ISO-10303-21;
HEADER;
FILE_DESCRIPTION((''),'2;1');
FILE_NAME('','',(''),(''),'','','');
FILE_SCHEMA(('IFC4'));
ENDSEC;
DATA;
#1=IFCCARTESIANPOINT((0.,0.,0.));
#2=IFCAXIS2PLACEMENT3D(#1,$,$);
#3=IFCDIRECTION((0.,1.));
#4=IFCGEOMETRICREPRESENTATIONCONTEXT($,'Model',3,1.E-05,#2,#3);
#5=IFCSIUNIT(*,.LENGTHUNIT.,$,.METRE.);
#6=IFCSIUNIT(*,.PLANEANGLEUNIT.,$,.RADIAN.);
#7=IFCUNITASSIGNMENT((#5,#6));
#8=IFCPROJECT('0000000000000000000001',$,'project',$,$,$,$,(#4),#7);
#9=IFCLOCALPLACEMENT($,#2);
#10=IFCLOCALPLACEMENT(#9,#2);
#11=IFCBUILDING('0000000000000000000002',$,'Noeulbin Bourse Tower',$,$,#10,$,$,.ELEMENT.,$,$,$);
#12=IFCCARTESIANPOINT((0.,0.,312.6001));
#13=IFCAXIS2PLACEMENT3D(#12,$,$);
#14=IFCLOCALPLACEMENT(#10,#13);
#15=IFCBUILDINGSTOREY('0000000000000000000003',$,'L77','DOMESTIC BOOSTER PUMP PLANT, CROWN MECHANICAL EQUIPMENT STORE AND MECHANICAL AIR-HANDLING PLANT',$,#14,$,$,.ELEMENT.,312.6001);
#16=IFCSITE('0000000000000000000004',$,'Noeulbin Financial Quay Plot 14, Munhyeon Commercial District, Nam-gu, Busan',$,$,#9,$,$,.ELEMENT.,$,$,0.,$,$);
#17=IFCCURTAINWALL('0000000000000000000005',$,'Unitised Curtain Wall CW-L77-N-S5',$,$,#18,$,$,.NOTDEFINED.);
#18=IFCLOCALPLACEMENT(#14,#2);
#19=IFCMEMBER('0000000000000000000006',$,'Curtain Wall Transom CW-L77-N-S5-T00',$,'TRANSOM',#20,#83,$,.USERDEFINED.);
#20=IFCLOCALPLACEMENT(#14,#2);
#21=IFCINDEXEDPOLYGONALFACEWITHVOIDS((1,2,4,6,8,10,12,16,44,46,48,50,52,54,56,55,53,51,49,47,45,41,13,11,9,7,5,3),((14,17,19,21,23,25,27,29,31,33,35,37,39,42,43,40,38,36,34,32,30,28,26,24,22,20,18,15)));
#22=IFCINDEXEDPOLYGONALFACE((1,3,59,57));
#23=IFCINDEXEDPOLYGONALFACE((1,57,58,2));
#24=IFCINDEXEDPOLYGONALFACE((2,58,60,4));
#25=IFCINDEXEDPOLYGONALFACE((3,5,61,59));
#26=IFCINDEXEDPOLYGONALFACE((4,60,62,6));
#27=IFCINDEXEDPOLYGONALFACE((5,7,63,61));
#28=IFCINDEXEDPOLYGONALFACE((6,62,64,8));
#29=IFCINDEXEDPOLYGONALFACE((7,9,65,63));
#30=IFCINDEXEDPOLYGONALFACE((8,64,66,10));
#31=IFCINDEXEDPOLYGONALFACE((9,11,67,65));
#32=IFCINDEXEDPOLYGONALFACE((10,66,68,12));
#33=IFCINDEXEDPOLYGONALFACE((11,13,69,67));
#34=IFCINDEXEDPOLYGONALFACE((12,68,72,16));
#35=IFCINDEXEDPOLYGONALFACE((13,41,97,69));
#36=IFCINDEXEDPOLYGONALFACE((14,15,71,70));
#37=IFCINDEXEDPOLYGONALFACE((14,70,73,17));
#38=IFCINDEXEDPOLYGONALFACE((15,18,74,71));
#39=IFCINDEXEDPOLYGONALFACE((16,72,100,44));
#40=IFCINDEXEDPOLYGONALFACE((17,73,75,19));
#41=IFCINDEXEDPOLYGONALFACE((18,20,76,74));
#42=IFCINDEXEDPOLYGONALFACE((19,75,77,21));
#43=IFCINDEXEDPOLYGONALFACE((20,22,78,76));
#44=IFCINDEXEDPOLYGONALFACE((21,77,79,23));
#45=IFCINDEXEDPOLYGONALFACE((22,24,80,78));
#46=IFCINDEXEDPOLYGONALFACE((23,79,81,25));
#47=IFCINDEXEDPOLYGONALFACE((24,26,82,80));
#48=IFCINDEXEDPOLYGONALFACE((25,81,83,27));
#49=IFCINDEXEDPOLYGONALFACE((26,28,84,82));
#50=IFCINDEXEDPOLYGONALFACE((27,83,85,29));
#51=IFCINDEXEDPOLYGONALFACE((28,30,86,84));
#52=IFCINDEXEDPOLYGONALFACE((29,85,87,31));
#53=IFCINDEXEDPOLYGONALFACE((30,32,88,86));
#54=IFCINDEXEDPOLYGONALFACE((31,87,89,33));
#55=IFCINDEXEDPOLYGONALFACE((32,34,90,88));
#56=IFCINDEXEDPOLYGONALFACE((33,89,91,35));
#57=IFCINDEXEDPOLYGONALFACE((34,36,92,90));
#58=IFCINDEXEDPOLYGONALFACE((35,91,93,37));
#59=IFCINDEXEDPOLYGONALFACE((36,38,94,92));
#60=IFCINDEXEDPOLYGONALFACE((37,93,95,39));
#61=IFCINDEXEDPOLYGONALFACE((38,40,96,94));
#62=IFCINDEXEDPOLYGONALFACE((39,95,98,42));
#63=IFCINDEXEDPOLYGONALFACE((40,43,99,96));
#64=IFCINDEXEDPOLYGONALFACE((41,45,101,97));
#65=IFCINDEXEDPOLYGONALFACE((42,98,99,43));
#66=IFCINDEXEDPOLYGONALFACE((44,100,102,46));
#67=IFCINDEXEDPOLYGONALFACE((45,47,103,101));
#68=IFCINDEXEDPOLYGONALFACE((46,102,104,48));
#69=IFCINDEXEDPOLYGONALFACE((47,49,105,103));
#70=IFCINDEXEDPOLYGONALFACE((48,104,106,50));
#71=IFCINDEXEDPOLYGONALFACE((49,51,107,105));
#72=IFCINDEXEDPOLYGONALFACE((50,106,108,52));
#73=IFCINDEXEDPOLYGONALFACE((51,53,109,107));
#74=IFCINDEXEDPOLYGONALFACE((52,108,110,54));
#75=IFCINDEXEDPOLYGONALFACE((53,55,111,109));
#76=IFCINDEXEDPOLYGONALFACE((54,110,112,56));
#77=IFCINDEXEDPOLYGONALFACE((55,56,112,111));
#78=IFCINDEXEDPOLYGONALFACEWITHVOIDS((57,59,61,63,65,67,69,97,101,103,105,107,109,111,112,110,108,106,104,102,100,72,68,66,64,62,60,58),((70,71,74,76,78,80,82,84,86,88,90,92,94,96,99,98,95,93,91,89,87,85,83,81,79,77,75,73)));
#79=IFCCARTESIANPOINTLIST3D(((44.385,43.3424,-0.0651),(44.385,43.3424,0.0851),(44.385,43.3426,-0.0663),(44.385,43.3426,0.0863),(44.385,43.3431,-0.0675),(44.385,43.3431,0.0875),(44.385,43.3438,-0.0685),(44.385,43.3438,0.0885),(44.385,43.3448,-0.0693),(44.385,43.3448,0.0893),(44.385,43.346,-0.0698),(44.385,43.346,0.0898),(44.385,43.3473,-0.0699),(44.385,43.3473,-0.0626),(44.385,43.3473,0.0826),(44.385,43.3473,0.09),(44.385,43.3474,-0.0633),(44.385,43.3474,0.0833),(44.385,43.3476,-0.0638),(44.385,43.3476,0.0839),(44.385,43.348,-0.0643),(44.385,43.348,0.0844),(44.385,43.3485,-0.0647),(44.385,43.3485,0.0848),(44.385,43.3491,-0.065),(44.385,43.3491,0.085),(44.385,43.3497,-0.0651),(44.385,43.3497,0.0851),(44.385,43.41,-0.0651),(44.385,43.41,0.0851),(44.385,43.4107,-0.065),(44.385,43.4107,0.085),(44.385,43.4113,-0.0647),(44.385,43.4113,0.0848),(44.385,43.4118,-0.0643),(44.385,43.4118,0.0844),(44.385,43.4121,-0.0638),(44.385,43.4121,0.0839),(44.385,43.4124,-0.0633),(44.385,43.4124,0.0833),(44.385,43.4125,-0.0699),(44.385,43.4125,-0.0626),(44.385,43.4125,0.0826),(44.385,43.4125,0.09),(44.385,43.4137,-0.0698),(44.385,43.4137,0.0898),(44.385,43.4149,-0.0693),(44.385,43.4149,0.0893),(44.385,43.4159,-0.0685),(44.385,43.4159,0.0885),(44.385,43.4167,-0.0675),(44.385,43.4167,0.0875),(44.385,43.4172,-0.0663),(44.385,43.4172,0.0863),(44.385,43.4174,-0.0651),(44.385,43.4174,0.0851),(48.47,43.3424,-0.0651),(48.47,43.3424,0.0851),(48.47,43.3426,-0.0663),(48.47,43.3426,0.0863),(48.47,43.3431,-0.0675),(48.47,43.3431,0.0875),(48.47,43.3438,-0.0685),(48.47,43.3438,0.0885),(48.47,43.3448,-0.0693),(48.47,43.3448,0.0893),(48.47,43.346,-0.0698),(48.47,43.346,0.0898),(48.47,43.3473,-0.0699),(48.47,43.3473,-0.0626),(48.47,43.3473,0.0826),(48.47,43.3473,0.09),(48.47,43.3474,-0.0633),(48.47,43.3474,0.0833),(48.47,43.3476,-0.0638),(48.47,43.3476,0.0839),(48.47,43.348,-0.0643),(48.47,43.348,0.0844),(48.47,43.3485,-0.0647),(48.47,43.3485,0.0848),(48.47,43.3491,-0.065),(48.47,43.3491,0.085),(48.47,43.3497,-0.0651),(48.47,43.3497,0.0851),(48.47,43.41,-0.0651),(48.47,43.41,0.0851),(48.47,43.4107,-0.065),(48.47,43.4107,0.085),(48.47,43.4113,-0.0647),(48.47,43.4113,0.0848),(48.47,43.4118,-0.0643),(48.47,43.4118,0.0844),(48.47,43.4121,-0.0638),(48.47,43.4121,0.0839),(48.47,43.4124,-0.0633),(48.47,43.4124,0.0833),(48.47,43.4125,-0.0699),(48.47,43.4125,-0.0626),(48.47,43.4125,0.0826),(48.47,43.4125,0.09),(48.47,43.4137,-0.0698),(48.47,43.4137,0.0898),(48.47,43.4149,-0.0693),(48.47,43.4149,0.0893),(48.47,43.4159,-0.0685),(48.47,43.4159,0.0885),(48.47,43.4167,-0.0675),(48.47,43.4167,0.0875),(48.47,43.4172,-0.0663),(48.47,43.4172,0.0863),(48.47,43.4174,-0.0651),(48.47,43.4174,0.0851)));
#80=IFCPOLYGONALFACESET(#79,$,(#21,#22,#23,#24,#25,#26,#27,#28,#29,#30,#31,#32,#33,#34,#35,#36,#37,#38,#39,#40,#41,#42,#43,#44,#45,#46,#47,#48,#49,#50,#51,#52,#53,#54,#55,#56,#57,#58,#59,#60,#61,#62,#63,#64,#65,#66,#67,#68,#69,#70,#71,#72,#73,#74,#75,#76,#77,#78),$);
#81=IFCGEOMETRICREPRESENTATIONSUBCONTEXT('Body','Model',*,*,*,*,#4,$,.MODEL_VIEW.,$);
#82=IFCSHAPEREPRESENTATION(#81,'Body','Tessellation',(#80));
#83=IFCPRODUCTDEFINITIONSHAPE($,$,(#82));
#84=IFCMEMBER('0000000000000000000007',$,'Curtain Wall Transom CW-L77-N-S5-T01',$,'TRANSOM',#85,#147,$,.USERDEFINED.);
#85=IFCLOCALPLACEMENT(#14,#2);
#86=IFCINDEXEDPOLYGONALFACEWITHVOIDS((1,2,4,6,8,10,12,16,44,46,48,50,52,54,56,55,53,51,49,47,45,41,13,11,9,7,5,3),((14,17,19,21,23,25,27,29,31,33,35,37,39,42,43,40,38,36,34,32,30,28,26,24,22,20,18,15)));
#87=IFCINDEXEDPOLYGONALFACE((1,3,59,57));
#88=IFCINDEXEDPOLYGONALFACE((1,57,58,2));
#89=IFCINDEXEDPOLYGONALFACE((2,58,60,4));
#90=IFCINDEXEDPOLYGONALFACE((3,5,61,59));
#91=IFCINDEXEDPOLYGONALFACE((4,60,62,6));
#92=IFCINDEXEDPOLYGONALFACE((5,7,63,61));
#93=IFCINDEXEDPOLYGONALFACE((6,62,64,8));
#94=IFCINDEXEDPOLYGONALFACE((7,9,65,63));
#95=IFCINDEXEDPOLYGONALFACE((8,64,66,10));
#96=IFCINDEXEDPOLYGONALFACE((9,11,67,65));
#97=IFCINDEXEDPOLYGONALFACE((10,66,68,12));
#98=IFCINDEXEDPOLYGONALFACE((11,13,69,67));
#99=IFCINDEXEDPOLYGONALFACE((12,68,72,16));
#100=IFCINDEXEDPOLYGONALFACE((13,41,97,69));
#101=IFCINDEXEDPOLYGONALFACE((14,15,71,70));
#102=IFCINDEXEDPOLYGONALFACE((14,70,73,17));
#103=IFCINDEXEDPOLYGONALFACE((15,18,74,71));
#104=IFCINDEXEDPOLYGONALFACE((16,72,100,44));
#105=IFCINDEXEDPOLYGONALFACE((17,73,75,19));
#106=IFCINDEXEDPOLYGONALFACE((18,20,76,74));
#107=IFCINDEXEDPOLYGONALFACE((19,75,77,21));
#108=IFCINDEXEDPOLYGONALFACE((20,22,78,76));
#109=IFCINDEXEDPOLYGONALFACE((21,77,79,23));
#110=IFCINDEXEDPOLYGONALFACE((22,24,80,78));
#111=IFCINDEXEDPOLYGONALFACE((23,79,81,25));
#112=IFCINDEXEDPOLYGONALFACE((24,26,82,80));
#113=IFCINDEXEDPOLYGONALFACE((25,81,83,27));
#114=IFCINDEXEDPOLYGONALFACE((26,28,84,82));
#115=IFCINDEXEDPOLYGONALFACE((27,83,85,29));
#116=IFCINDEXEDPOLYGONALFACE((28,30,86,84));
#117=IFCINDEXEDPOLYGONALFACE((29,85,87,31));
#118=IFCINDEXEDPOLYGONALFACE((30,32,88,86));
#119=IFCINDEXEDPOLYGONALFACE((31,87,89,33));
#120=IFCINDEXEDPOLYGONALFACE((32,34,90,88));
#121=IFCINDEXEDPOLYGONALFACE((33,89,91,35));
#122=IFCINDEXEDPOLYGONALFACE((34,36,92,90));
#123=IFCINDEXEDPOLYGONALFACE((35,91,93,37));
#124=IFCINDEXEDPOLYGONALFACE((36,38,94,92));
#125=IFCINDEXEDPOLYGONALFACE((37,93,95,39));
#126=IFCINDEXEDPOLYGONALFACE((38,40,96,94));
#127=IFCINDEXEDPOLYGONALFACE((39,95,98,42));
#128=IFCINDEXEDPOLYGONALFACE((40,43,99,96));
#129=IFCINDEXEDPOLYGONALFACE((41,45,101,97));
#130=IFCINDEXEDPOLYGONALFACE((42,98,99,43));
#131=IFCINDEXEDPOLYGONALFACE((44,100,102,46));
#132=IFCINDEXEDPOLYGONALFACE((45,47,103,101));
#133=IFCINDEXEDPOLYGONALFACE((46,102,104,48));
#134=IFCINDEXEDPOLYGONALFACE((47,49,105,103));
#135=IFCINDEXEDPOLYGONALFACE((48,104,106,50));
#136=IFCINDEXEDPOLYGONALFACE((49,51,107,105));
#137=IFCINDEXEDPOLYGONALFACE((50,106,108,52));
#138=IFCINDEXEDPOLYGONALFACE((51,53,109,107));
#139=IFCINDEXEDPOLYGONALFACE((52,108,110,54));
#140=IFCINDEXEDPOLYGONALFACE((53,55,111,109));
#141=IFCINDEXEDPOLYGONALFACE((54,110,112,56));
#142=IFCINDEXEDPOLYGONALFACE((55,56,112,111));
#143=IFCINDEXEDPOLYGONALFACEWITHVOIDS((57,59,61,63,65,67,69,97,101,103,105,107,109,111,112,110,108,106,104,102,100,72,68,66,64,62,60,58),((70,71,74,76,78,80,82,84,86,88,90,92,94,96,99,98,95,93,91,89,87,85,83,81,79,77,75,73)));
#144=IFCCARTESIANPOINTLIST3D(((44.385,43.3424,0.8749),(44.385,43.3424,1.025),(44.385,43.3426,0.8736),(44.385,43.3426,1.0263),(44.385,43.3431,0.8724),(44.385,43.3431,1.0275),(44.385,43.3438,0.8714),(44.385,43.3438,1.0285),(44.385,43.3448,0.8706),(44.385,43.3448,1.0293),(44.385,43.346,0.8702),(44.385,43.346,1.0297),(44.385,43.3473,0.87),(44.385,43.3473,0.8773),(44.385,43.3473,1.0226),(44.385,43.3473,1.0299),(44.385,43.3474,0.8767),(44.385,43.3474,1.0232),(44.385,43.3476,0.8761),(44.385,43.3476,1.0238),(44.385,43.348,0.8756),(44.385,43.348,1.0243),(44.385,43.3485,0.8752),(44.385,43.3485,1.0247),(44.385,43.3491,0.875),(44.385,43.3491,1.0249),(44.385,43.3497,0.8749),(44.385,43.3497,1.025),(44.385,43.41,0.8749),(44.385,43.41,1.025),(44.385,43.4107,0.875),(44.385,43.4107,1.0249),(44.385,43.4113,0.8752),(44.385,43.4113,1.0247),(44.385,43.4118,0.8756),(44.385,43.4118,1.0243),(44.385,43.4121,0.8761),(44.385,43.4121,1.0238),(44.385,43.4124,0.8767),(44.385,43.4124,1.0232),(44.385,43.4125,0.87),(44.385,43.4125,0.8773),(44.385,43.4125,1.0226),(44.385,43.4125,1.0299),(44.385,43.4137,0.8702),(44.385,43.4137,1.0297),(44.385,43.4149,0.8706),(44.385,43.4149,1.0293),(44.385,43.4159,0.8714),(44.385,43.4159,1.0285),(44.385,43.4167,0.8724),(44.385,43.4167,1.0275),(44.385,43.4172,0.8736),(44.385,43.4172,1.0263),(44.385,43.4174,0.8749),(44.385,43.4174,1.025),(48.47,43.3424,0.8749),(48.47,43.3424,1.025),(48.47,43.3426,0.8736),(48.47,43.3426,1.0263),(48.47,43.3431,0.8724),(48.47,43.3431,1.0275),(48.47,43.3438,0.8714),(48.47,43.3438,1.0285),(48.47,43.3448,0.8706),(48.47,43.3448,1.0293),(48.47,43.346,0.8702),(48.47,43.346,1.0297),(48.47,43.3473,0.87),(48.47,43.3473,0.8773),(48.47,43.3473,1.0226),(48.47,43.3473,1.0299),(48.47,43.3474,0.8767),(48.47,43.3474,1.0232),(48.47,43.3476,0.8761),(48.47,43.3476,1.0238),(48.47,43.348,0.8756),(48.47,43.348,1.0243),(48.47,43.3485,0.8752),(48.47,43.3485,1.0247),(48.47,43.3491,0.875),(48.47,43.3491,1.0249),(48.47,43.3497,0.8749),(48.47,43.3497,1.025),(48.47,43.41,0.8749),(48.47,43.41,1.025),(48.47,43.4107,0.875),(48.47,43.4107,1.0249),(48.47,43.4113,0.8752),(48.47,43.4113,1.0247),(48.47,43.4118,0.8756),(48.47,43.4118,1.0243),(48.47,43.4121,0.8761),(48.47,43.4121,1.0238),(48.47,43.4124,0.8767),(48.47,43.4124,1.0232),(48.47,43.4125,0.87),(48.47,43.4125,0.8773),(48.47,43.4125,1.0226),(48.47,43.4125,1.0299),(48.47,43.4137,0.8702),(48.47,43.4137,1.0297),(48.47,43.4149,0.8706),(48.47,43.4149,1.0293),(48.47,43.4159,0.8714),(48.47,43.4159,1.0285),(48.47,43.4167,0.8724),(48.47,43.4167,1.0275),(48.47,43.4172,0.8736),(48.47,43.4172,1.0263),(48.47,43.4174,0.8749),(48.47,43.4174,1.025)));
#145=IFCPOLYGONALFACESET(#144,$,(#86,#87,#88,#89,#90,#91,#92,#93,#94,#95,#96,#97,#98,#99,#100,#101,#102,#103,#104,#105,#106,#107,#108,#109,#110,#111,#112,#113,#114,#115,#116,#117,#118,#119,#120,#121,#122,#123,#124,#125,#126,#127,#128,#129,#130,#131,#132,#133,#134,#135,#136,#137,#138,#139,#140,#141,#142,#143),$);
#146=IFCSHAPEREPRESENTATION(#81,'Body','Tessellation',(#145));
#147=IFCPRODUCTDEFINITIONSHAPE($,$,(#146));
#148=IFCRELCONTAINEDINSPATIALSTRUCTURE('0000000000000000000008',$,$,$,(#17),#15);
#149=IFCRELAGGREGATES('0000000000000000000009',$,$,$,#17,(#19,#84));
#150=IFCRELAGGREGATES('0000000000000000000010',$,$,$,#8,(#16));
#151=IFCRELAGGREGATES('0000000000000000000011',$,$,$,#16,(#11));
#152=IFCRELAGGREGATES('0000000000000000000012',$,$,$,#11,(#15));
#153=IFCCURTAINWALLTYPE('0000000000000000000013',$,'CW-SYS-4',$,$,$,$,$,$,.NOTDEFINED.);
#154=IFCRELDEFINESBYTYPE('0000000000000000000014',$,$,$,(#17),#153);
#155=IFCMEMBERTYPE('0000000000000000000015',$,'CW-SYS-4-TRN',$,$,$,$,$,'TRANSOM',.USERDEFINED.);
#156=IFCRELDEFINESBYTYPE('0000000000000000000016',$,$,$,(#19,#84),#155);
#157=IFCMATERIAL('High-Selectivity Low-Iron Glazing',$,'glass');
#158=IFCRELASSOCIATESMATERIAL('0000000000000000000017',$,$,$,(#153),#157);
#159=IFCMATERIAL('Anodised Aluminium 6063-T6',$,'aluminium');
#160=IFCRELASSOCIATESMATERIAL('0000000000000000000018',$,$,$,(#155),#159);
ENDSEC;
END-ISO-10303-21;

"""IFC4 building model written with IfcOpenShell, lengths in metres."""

from ifc_helpers import new_model, si_unit, direction, frame, origin, origin_2d, place, context, subcontext, project, spatial, hollow_rectangle, extrude, material, material_profile, profile_set, type_object, element, aggregate, save


model = new_model("IFC4")

# Units and contexts
model_context = context("Model", 3, precision=1e-05, world=origin(), true_north=direction((0.0, 1.0)))
body_context = subcontext(model_context, "Body", "Model", "MODEL_VIEW")
ifc_project = project(units=[si_unit("LENGTHUNIT", "METRE"), si_unit("PLANEANGLEUNIT", "RADIAN")], contexts=[model_context])

# Site, building, storey
site_placement = place(None, origin())
site = spatial("IfcSite", under=ifc_project, at=site_placement, Name="Noeulbin Financial Quay Plot 14, Munhyeon Commercial District, Nam-gu, Busan", CompositionType="ELEMENT", RefElevation=0.0)
building_placement = place(site_placement, origin())
building = spatial("IfcBuilding", under=site, at=building_placement, Name="Noeulbin Bourse Tower", CompositionType="ELEMENT")
storey_placement = place(building_placement, frame((0.0, 0.0, 312.6001)))
storey = spatial("IfcBuildingStorey", under=building, at=storey_placement, Name="L77", Description="DOMESTIC BOOSTER PUMP PLANT, CROWN MECHANICAL EQUIPMENT STORE AND MECHANICAL AIR-HANDLING PLANT", CompositionType="ELEMENT", Elevation=312.6001)

# Shared definitions
ifc_material_1 = material(Name="High-Selectivity Low-Iron Glazing", Category="glass")
curtain_wall_type = type_object("IfcCurtainWallType", Name="CW-SYS-4", PredefinedType="NOTDEFINED", material=ifc_material_1)
ifc_material_2 = material(Name="Anodised Aluminium 6063-T6", Category="aluminium")

# Curtain wall
curtain_wall_1_placement = place(storey_placement, origin())
curtain_wall_1 = element("IfcCurtainWall", 1, at=curtain_wall_1_placement, inside=storey, type_object=curtain_wall_type, Name="Unitised Curtain Wall CW-L77-N-S5", PredefinedType="NOTDEFINED")

# Members
ifc_material_profile_1 = material_profile(ifc_material_2, hollow_rectangle(XDim=0.075, YDim=0.1599, WallThickness=0.0049, InnerFilletRadius=0.0024, OuterFilletRadius=0.0049, at=origin_2d()), Name="ALU-TRAN-75x160x5", Category="LoadBearing")
ifc_profile_set_1 = profile_set([ifc_material_profile_1], Name="Anodised Aluminium 6063-T6")
member_type_1 = type_object("IfcMemberType", Name="CW-SYS-4-TRN", ElementType="TRANSOM", PredefinedType="USERDEFINED", material=ifc_profile_set_1)
member_1_placement = place(storey_placement, frame((44.385, 43.3799, 0.01), z_axis=(1.0, 0.0, 0.0), x_axis=(0.0, 1.0, 0.0)))
member_1 = element("IfcMember", 2, at=member_1_placement, type_object=member_type_1, Name="Curtain Wall Transom CW-L77-N-S5-T00", ObjectType="TRANSOM", PredefinedType="USERDEFINED", context=body_context, shape_type="SweptSolid", body=[
    extrude(hollow_rectangle(XDim=0.075, YDim=0.1599, WallThickness=0.0049, InnerFilletRadius=0.0024, OuterFilletRadius=0.0049, at=origin_2d()), origin(), (0.0, 0.0, 1.0), 4.085),
])
member_2_placement = place(storey_placement, frame((44.385, 43.3799, 0.95), z_axis=(1.0, 0.0, 0.0), x_axis=(0.0, 1.0, 0.0)))
member_2 = element("IfcMember", 3, at=member_2_placement, type_object=member_type_1, Name="Curtain Wall Transom CW-L77-N-S5-T01", ObjectType="TRANSOM", PredefinedType="USERDEFINED", context=body_context, shape_type="SweptSolid", body=[
    extrude(hollow_rectangle(XDim=0.075, YDim=0.1599, WallThickness=0.0049, InnerFilletRadius=0.0024, OuterFilletRadius=0.0049, at=origin_2d()), origin(), (0.0, 0.0, 1.0), 4.085),
])

aggregate(curtain_wall_1, [member_1, member_2])

save(model, "model.ifc")
